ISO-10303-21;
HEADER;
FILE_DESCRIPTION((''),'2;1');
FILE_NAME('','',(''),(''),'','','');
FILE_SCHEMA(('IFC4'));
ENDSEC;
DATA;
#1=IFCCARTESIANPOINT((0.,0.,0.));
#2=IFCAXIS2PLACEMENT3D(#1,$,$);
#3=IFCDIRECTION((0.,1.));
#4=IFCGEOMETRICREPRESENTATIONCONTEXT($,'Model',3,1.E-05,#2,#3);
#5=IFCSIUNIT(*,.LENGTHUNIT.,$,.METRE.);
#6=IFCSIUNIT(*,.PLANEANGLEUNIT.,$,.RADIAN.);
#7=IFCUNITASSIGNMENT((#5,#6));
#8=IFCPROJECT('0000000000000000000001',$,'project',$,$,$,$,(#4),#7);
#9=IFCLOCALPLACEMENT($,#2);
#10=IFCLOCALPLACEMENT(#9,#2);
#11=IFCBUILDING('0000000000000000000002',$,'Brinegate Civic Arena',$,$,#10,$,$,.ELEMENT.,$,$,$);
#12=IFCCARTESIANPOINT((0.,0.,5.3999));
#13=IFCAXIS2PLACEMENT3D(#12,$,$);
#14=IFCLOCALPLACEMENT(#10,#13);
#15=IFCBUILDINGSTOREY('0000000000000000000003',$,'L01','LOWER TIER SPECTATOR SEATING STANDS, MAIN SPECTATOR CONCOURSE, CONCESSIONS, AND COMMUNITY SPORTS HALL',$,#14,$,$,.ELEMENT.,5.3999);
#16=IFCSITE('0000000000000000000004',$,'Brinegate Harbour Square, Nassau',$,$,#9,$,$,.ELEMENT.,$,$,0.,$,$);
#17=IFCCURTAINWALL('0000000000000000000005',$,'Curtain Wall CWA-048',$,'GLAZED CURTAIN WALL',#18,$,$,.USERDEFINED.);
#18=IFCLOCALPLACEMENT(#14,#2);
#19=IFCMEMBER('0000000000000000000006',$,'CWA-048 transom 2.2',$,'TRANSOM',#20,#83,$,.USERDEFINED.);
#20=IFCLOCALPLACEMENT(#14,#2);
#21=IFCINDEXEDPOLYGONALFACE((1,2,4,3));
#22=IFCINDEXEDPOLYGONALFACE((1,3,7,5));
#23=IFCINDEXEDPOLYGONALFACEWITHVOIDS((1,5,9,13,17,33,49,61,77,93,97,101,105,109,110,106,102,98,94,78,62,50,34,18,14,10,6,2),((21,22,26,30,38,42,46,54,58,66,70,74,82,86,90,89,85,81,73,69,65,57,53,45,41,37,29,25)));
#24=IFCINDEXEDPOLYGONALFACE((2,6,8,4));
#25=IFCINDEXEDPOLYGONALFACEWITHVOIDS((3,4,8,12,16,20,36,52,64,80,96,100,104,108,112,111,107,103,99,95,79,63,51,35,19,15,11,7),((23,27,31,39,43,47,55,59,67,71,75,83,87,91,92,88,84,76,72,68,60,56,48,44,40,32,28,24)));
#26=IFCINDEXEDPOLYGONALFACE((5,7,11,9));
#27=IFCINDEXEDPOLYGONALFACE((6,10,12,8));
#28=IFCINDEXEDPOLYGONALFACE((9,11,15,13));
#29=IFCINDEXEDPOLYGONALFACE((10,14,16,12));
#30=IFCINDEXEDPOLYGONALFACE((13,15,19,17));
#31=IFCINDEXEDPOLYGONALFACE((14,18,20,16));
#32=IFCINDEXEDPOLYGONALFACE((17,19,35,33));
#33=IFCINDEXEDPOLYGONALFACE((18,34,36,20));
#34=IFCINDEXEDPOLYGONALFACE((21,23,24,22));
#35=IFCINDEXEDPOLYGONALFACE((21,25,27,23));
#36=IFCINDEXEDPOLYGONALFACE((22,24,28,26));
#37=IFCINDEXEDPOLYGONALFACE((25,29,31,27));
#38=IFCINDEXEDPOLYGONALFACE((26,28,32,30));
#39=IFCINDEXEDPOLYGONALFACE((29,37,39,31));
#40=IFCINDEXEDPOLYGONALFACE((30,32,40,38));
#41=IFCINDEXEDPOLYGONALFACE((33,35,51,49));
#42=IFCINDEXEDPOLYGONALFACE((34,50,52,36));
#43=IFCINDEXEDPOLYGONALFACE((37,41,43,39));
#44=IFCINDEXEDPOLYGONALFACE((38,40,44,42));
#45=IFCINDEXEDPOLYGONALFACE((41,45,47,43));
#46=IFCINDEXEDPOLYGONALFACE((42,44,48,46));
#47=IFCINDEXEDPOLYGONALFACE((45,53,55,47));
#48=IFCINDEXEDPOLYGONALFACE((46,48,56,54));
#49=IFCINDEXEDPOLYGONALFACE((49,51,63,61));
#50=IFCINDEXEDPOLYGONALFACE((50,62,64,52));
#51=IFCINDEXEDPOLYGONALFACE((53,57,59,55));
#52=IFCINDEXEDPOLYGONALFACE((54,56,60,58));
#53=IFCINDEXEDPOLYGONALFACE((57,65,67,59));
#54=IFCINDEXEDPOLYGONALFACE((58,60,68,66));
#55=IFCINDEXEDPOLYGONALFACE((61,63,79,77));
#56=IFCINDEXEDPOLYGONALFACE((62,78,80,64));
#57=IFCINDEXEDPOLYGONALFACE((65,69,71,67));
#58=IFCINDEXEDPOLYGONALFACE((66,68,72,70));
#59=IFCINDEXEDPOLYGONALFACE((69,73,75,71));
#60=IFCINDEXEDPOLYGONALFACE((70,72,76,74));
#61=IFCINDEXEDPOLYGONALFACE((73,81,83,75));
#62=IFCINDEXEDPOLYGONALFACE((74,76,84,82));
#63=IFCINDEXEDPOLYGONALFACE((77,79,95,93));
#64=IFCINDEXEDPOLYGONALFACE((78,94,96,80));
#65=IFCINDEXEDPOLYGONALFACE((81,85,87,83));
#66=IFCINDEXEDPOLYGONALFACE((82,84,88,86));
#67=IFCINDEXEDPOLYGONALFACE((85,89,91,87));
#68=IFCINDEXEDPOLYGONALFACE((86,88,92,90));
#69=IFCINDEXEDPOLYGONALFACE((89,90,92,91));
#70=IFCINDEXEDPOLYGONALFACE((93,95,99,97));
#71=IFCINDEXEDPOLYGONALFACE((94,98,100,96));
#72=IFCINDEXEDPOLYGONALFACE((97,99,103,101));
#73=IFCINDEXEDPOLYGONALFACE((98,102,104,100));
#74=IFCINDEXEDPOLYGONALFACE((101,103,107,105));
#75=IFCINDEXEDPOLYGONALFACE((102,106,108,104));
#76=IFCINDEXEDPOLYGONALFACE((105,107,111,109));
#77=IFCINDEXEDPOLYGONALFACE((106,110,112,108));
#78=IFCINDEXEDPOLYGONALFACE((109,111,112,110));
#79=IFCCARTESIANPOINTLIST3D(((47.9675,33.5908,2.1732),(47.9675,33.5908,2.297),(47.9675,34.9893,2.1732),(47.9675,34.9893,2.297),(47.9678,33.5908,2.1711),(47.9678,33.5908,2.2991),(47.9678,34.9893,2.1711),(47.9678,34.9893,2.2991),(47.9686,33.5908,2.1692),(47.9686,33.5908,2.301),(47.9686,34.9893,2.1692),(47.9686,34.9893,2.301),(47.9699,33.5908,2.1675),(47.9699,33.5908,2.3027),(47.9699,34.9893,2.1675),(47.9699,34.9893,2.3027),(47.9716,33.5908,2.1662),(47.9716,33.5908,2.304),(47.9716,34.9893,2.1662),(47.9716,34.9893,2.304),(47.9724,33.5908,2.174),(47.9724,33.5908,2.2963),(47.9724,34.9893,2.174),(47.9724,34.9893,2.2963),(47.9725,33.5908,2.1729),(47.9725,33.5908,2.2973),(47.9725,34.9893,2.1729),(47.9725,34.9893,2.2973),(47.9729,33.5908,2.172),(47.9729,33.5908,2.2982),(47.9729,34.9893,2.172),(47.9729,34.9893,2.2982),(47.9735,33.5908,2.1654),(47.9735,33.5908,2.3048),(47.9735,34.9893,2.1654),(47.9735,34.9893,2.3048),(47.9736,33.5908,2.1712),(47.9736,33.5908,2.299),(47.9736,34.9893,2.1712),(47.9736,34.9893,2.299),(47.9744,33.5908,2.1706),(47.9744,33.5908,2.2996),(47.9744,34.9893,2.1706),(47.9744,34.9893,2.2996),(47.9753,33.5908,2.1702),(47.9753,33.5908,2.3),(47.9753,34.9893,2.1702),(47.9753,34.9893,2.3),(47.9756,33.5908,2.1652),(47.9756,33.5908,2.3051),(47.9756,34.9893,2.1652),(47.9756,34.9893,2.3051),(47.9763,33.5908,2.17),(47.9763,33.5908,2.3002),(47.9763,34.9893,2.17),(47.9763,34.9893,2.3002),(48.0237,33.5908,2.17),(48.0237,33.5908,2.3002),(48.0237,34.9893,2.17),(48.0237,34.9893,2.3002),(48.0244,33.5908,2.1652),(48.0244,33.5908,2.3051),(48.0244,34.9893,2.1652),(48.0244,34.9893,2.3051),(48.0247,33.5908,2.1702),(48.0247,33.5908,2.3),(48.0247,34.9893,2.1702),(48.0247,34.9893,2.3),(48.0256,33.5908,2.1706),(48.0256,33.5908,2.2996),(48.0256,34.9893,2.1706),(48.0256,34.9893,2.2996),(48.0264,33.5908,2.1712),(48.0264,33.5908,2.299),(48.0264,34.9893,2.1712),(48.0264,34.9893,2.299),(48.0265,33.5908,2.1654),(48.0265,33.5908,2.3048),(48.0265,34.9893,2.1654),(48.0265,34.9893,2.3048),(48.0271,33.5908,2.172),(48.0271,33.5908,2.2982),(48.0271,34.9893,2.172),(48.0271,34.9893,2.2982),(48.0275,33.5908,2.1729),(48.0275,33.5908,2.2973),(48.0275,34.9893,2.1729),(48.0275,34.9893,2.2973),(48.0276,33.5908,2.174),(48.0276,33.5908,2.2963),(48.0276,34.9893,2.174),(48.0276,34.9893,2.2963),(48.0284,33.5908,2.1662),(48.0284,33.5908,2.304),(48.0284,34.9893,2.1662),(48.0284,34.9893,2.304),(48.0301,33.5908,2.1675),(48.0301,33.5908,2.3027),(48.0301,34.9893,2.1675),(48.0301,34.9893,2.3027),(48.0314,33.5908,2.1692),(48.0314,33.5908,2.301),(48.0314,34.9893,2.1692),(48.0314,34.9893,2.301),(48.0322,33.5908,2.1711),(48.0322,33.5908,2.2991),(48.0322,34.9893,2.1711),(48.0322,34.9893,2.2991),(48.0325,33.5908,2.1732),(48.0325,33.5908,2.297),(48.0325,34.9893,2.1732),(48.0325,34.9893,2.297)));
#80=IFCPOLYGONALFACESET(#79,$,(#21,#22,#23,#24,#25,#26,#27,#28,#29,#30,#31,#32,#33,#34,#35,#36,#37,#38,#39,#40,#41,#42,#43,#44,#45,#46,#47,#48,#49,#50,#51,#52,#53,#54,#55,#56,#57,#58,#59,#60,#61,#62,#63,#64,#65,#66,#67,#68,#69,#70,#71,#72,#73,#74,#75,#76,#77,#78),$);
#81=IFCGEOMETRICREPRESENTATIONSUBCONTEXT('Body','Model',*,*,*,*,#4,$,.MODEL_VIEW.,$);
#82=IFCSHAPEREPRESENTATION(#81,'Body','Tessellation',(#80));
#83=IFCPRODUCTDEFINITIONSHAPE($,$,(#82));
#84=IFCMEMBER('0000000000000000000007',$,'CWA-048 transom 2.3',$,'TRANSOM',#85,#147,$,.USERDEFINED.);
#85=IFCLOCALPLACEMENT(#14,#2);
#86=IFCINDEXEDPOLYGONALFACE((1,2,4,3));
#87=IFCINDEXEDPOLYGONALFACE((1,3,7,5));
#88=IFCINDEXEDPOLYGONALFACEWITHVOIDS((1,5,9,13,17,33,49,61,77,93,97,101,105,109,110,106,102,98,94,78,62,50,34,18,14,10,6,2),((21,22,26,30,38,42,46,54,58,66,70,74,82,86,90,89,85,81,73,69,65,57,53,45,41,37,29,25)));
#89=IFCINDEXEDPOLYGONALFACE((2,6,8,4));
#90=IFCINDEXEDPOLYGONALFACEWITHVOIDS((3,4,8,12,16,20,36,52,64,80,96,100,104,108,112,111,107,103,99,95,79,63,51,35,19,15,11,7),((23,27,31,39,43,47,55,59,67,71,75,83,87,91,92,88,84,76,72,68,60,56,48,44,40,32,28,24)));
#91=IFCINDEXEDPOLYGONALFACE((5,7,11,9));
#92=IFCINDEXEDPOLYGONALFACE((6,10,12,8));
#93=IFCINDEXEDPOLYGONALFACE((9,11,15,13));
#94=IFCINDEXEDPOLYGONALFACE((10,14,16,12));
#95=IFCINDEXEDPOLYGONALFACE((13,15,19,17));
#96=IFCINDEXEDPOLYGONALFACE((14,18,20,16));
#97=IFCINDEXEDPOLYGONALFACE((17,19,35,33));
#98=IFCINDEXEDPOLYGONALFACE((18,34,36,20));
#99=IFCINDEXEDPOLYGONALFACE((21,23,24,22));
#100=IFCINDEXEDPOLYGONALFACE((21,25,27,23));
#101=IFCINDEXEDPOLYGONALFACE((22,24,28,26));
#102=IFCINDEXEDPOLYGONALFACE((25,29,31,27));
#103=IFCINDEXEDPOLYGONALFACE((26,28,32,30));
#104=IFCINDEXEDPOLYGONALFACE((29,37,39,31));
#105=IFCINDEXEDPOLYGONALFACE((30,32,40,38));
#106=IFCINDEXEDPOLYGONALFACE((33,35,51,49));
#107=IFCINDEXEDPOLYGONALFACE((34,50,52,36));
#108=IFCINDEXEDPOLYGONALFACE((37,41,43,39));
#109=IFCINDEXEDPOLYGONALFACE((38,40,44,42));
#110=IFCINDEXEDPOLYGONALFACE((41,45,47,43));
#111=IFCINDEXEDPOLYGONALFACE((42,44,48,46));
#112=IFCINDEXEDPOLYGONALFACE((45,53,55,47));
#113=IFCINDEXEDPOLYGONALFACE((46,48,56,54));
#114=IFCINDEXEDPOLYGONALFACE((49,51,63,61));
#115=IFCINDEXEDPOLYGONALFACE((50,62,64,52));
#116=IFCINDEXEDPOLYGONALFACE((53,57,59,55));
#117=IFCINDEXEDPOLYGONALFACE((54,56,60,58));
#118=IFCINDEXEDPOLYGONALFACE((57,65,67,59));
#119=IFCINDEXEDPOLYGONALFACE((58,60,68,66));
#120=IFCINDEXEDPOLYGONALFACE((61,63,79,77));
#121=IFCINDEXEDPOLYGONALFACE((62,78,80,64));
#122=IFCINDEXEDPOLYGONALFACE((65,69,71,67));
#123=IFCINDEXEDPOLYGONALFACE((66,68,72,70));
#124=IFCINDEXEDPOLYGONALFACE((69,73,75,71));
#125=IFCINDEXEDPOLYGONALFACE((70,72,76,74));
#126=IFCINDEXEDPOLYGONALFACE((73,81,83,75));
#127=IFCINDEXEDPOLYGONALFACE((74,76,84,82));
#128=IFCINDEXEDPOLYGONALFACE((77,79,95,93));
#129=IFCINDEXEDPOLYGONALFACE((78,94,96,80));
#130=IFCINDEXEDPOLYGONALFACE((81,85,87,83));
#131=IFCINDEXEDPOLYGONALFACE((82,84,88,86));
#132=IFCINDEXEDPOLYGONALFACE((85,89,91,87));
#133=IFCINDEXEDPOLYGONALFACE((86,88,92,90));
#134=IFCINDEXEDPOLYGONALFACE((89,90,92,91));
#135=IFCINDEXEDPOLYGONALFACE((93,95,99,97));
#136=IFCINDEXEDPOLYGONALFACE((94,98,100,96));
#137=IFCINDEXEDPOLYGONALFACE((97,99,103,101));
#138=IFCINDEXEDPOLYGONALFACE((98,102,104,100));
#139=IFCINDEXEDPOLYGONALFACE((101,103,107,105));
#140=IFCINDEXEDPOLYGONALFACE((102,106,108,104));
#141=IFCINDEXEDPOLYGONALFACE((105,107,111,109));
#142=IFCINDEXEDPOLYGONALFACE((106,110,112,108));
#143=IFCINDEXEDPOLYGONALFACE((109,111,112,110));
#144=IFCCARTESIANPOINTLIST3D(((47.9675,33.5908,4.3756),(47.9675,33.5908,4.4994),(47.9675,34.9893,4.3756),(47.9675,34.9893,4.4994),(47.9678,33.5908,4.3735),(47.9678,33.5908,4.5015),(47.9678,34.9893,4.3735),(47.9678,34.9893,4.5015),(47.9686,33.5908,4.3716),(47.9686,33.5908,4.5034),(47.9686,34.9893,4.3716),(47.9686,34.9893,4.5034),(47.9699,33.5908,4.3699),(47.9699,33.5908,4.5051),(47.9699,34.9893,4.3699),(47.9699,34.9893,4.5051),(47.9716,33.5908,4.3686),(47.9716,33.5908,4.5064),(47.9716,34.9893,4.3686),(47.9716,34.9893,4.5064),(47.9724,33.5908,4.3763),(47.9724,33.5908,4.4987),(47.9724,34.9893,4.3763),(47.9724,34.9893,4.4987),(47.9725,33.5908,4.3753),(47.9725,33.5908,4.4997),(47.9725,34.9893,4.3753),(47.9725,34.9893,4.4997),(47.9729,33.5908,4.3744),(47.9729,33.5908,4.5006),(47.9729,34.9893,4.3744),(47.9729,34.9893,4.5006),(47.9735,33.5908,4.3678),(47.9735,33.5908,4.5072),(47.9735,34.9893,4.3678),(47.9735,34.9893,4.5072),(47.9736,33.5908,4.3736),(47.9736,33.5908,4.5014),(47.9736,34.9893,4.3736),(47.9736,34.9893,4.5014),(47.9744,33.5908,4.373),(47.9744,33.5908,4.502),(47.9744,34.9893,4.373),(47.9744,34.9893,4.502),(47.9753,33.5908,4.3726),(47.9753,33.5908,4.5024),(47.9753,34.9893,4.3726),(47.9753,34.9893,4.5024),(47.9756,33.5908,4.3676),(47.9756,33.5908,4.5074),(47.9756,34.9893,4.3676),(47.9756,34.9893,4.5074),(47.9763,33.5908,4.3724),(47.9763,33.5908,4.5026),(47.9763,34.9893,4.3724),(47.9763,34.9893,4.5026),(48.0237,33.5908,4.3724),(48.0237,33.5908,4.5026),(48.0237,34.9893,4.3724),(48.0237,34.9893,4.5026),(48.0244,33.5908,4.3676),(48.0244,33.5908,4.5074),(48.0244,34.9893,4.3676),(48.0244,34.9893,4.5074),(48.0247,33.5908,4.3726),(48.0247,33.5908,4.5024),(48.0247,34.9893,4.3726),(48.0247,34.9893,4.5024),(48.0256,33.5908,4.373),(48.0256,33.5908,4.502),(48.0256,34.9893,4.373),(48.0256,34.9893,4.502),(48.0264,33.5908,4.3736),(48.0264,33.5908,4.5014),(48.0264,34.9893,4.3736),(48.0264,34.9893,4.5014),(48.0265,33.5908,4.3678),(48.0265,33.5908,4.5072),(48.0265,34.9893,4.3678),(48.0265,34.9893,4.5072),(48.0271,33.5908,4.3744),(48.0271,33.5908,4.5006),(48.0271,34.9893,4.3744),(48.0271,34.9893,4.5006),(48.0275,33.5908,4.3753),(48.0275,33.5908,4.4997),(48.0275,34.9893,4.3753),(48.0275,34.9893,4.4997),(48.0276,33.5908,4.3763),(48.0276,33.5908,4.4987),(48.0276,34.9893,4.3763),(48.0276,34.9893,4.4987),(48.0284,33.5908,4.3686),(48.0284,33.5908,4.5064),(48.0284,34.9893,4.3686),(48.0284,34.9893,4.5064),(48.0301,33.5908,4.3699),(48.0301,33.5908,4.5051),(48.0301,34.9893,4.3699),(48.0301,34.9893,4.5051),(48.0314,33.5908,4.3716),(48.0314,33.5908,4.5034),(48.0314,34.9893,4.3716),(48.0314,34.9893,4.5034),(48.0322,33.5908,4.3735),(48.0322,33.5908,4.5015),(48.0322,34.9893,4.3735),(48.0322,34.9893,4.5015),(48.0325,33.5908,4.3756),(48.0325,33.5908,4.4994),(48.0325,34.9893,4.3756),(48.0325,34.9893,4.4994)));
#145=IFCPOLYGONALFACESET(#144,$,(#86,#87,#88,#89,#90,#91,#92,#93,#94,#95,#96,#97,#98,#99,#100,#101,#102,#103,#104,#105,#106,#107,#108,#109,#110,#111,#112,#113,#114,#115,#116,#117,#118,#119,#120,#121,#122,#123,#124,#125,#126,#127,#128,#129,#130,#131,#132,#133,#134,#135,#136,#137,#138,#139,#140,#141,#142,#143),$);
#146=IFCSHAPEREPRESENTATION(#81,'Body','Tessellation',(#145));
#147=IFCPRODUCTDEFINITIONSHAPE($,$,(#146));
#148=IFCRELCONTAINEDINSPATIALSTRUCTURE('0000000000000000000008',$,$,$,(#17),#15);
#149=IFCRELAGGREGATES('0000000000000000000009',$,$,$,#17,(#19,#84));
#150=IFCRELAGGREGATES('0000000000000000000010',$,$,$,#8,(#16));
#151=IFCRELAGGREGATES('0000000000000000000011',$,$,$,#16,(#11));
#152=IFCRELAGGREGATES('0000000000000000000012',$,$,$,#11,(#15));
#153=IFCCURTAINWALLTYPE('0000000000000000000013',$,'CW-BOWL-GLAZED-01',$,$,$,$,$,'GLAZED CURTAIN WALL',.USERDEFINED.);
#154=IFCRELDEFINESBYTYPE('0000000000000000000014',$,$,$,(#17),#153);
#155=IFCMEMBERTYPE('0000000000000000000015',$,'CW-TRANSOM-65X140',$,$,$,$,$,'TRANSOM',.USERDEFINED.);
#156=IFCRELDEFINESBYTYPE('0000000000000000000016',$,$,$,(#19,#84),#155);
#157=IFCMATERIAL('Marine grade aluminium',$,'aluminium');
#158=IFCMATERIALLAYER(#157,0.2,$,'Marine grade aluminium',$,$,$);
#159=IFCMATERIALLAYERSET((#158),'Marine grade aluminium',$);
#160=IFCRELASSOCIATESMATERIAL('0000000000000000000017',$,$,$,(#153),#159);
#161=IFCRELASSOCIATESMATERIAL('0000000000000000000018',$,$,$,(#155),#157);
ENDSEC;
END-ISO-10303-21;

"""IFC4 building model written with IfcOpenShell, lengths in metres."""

from ifc_helpers import new_model, si_unit, direction, frame, origin, origin_2d, place, context, subcontext, project, spatial, hollow_rectangle, extrude, material, layer, layer_set, material_profile, profile_set, type_object, element, aggregate, save


model = new_model("IFC4")

# Units and contexts
model_context = context("Model", 3, precision=1e-05, world=origin(), true_north=direction((0.0, 1.0)))
body_context = subcontext(model_context, "Body", "Model", "MODEL_VIEW")
ifc_project = project(units=[si_unit("LENGTHUNIT", "METRE"), si_unit("PLANEANGLEUNIT", "RADIAN")], contexts=[model_context])

# Site, building, storey
site_placement = place(None, origin())
site = spatial("IfcSite", under=ifc_project, at=site_placement, Name="Brinegate Harbour Square, Nassau", CompositionType="ELEMENT", RefElevation=0.0)
building_placement = place(site_placement, origin())
building = spatial("IfcBuilding", under=site, at=building_placement, Name="Brinegate Civic Arena", CompositionType="ELEMENT")
storey_placement = place(building_placement, frame((0.0, 0.0, 5.3999)))
storey = spatial("IfcBuildingStorey", under=building, at=storey_placement, Name="L01", Description="LOWER TIER SPECTATOR SEATING STANDS, MAIN SPECTATOR CONCOURSE, CONCESSIONS, AND COMMUNITY SPORTS HALL", CompositionType="ELEMENT", Elevation=5.3999)

# Curtain wall, members
ifc_material_1 = material(Name="Marine grade aluminium", Category="aluminium")
ifc_layer_1 = layer(ifc_material_1, 0.2, Name="Marine grade aluminium")
ifc_layer_set_1 = layer_set([ifc_layer_1], Name="Marine grade aluminium")
curtain_wall_type = type_object("IfcCurtainWallType", Name="CW-BOWL-GLAZED-01", ElementType="GLAZED CURTAIN WALL", PredefinedType="USERDEFINED", material=ifc_layer_set_1)
curtain_wall_1_placement = place(storey_placement, origin())
curtain_wall_1 = element("IfcCurtainWall", 1, at=curtain_wall_1_placement, inside=storey, type_object=curtain_wall_type, Name="Curtain Wall CWA-048", ObjectType="GLAZED CURTAIN WALL", PredefinedType="USERDEFINED")
ifc_material_profile_1 = material_profile(ifc_material_1, hollow_rectangle(XDim=0.0649, YDim=0.1399, WallThickness=0.0049, InnerFilletRadius=0.0039, OuterFilletRadius=0.0081, at=origin_2d()), Name="TRN65X140")
ifc_profile_set_1 = profile_set([ifc_material_profile_1], Name="Marine grade aluminium")
member_type_1 = type_object("IfcMemberType", Name="CW-TRANSOM-65X140", ElementType="TRANSOM", PredefinedType="USERDEFINED", material=ifc_profile_set_1)
member_1_placement = place(storey_placement, frame((48.0, 33.5908, 2.2351), z_axis=(0.0, 1.0, 0.0), x_axis=(-1.0, 0.0, 0.0)))
member_1 = element("IfcMember", 2, at=member_1_placement, type_object=member_type_1, Name="CWA-048 transom 2.2", ObjectType="TRANSOM", PredefinedType="USERDEFINED", context=body_context, shape_type="SweptSolid", body=[
    extrude(hollow_rectangle(XDim=0.0649, YDim=0.1399, WallThickness=0.0049, InnerFilletRadius=0.0039, OuterFilletRadius=0.0081, at=origin_2d()), origin(), (0.0, 0.0, 1.0), 1.3984),
])
member_2_placement = place(storey_placement, frame((48.0, 33.5908, 4.4375), z_axis=(0.0, 1.0, 0.0), x_axis=(-1.0, 0.0, 0.0)))
member_2 = element("IfcMember", 3, at=member_2_placement, type_object=member_type_1, Name="CWA-048 transom 2.3", ObjectType="TRANSOM", PredefinedType="USERDEFINED", context=body_context, shape_type="SweptSolid", body=[
    extrude(hollow_rectangle(XDim=0.0649, YDim=0.1399, WallThickness=0.0049, InnerFilletRadius=0.0039, OuterFilletRadius=0.0081, at=origin_2d()), origin(), (0.0, 0.0, 1.0), 1.3984),
])

aggregate(curtain_wall_1, [member_1, member_2])

save(model, "model.ifc")
